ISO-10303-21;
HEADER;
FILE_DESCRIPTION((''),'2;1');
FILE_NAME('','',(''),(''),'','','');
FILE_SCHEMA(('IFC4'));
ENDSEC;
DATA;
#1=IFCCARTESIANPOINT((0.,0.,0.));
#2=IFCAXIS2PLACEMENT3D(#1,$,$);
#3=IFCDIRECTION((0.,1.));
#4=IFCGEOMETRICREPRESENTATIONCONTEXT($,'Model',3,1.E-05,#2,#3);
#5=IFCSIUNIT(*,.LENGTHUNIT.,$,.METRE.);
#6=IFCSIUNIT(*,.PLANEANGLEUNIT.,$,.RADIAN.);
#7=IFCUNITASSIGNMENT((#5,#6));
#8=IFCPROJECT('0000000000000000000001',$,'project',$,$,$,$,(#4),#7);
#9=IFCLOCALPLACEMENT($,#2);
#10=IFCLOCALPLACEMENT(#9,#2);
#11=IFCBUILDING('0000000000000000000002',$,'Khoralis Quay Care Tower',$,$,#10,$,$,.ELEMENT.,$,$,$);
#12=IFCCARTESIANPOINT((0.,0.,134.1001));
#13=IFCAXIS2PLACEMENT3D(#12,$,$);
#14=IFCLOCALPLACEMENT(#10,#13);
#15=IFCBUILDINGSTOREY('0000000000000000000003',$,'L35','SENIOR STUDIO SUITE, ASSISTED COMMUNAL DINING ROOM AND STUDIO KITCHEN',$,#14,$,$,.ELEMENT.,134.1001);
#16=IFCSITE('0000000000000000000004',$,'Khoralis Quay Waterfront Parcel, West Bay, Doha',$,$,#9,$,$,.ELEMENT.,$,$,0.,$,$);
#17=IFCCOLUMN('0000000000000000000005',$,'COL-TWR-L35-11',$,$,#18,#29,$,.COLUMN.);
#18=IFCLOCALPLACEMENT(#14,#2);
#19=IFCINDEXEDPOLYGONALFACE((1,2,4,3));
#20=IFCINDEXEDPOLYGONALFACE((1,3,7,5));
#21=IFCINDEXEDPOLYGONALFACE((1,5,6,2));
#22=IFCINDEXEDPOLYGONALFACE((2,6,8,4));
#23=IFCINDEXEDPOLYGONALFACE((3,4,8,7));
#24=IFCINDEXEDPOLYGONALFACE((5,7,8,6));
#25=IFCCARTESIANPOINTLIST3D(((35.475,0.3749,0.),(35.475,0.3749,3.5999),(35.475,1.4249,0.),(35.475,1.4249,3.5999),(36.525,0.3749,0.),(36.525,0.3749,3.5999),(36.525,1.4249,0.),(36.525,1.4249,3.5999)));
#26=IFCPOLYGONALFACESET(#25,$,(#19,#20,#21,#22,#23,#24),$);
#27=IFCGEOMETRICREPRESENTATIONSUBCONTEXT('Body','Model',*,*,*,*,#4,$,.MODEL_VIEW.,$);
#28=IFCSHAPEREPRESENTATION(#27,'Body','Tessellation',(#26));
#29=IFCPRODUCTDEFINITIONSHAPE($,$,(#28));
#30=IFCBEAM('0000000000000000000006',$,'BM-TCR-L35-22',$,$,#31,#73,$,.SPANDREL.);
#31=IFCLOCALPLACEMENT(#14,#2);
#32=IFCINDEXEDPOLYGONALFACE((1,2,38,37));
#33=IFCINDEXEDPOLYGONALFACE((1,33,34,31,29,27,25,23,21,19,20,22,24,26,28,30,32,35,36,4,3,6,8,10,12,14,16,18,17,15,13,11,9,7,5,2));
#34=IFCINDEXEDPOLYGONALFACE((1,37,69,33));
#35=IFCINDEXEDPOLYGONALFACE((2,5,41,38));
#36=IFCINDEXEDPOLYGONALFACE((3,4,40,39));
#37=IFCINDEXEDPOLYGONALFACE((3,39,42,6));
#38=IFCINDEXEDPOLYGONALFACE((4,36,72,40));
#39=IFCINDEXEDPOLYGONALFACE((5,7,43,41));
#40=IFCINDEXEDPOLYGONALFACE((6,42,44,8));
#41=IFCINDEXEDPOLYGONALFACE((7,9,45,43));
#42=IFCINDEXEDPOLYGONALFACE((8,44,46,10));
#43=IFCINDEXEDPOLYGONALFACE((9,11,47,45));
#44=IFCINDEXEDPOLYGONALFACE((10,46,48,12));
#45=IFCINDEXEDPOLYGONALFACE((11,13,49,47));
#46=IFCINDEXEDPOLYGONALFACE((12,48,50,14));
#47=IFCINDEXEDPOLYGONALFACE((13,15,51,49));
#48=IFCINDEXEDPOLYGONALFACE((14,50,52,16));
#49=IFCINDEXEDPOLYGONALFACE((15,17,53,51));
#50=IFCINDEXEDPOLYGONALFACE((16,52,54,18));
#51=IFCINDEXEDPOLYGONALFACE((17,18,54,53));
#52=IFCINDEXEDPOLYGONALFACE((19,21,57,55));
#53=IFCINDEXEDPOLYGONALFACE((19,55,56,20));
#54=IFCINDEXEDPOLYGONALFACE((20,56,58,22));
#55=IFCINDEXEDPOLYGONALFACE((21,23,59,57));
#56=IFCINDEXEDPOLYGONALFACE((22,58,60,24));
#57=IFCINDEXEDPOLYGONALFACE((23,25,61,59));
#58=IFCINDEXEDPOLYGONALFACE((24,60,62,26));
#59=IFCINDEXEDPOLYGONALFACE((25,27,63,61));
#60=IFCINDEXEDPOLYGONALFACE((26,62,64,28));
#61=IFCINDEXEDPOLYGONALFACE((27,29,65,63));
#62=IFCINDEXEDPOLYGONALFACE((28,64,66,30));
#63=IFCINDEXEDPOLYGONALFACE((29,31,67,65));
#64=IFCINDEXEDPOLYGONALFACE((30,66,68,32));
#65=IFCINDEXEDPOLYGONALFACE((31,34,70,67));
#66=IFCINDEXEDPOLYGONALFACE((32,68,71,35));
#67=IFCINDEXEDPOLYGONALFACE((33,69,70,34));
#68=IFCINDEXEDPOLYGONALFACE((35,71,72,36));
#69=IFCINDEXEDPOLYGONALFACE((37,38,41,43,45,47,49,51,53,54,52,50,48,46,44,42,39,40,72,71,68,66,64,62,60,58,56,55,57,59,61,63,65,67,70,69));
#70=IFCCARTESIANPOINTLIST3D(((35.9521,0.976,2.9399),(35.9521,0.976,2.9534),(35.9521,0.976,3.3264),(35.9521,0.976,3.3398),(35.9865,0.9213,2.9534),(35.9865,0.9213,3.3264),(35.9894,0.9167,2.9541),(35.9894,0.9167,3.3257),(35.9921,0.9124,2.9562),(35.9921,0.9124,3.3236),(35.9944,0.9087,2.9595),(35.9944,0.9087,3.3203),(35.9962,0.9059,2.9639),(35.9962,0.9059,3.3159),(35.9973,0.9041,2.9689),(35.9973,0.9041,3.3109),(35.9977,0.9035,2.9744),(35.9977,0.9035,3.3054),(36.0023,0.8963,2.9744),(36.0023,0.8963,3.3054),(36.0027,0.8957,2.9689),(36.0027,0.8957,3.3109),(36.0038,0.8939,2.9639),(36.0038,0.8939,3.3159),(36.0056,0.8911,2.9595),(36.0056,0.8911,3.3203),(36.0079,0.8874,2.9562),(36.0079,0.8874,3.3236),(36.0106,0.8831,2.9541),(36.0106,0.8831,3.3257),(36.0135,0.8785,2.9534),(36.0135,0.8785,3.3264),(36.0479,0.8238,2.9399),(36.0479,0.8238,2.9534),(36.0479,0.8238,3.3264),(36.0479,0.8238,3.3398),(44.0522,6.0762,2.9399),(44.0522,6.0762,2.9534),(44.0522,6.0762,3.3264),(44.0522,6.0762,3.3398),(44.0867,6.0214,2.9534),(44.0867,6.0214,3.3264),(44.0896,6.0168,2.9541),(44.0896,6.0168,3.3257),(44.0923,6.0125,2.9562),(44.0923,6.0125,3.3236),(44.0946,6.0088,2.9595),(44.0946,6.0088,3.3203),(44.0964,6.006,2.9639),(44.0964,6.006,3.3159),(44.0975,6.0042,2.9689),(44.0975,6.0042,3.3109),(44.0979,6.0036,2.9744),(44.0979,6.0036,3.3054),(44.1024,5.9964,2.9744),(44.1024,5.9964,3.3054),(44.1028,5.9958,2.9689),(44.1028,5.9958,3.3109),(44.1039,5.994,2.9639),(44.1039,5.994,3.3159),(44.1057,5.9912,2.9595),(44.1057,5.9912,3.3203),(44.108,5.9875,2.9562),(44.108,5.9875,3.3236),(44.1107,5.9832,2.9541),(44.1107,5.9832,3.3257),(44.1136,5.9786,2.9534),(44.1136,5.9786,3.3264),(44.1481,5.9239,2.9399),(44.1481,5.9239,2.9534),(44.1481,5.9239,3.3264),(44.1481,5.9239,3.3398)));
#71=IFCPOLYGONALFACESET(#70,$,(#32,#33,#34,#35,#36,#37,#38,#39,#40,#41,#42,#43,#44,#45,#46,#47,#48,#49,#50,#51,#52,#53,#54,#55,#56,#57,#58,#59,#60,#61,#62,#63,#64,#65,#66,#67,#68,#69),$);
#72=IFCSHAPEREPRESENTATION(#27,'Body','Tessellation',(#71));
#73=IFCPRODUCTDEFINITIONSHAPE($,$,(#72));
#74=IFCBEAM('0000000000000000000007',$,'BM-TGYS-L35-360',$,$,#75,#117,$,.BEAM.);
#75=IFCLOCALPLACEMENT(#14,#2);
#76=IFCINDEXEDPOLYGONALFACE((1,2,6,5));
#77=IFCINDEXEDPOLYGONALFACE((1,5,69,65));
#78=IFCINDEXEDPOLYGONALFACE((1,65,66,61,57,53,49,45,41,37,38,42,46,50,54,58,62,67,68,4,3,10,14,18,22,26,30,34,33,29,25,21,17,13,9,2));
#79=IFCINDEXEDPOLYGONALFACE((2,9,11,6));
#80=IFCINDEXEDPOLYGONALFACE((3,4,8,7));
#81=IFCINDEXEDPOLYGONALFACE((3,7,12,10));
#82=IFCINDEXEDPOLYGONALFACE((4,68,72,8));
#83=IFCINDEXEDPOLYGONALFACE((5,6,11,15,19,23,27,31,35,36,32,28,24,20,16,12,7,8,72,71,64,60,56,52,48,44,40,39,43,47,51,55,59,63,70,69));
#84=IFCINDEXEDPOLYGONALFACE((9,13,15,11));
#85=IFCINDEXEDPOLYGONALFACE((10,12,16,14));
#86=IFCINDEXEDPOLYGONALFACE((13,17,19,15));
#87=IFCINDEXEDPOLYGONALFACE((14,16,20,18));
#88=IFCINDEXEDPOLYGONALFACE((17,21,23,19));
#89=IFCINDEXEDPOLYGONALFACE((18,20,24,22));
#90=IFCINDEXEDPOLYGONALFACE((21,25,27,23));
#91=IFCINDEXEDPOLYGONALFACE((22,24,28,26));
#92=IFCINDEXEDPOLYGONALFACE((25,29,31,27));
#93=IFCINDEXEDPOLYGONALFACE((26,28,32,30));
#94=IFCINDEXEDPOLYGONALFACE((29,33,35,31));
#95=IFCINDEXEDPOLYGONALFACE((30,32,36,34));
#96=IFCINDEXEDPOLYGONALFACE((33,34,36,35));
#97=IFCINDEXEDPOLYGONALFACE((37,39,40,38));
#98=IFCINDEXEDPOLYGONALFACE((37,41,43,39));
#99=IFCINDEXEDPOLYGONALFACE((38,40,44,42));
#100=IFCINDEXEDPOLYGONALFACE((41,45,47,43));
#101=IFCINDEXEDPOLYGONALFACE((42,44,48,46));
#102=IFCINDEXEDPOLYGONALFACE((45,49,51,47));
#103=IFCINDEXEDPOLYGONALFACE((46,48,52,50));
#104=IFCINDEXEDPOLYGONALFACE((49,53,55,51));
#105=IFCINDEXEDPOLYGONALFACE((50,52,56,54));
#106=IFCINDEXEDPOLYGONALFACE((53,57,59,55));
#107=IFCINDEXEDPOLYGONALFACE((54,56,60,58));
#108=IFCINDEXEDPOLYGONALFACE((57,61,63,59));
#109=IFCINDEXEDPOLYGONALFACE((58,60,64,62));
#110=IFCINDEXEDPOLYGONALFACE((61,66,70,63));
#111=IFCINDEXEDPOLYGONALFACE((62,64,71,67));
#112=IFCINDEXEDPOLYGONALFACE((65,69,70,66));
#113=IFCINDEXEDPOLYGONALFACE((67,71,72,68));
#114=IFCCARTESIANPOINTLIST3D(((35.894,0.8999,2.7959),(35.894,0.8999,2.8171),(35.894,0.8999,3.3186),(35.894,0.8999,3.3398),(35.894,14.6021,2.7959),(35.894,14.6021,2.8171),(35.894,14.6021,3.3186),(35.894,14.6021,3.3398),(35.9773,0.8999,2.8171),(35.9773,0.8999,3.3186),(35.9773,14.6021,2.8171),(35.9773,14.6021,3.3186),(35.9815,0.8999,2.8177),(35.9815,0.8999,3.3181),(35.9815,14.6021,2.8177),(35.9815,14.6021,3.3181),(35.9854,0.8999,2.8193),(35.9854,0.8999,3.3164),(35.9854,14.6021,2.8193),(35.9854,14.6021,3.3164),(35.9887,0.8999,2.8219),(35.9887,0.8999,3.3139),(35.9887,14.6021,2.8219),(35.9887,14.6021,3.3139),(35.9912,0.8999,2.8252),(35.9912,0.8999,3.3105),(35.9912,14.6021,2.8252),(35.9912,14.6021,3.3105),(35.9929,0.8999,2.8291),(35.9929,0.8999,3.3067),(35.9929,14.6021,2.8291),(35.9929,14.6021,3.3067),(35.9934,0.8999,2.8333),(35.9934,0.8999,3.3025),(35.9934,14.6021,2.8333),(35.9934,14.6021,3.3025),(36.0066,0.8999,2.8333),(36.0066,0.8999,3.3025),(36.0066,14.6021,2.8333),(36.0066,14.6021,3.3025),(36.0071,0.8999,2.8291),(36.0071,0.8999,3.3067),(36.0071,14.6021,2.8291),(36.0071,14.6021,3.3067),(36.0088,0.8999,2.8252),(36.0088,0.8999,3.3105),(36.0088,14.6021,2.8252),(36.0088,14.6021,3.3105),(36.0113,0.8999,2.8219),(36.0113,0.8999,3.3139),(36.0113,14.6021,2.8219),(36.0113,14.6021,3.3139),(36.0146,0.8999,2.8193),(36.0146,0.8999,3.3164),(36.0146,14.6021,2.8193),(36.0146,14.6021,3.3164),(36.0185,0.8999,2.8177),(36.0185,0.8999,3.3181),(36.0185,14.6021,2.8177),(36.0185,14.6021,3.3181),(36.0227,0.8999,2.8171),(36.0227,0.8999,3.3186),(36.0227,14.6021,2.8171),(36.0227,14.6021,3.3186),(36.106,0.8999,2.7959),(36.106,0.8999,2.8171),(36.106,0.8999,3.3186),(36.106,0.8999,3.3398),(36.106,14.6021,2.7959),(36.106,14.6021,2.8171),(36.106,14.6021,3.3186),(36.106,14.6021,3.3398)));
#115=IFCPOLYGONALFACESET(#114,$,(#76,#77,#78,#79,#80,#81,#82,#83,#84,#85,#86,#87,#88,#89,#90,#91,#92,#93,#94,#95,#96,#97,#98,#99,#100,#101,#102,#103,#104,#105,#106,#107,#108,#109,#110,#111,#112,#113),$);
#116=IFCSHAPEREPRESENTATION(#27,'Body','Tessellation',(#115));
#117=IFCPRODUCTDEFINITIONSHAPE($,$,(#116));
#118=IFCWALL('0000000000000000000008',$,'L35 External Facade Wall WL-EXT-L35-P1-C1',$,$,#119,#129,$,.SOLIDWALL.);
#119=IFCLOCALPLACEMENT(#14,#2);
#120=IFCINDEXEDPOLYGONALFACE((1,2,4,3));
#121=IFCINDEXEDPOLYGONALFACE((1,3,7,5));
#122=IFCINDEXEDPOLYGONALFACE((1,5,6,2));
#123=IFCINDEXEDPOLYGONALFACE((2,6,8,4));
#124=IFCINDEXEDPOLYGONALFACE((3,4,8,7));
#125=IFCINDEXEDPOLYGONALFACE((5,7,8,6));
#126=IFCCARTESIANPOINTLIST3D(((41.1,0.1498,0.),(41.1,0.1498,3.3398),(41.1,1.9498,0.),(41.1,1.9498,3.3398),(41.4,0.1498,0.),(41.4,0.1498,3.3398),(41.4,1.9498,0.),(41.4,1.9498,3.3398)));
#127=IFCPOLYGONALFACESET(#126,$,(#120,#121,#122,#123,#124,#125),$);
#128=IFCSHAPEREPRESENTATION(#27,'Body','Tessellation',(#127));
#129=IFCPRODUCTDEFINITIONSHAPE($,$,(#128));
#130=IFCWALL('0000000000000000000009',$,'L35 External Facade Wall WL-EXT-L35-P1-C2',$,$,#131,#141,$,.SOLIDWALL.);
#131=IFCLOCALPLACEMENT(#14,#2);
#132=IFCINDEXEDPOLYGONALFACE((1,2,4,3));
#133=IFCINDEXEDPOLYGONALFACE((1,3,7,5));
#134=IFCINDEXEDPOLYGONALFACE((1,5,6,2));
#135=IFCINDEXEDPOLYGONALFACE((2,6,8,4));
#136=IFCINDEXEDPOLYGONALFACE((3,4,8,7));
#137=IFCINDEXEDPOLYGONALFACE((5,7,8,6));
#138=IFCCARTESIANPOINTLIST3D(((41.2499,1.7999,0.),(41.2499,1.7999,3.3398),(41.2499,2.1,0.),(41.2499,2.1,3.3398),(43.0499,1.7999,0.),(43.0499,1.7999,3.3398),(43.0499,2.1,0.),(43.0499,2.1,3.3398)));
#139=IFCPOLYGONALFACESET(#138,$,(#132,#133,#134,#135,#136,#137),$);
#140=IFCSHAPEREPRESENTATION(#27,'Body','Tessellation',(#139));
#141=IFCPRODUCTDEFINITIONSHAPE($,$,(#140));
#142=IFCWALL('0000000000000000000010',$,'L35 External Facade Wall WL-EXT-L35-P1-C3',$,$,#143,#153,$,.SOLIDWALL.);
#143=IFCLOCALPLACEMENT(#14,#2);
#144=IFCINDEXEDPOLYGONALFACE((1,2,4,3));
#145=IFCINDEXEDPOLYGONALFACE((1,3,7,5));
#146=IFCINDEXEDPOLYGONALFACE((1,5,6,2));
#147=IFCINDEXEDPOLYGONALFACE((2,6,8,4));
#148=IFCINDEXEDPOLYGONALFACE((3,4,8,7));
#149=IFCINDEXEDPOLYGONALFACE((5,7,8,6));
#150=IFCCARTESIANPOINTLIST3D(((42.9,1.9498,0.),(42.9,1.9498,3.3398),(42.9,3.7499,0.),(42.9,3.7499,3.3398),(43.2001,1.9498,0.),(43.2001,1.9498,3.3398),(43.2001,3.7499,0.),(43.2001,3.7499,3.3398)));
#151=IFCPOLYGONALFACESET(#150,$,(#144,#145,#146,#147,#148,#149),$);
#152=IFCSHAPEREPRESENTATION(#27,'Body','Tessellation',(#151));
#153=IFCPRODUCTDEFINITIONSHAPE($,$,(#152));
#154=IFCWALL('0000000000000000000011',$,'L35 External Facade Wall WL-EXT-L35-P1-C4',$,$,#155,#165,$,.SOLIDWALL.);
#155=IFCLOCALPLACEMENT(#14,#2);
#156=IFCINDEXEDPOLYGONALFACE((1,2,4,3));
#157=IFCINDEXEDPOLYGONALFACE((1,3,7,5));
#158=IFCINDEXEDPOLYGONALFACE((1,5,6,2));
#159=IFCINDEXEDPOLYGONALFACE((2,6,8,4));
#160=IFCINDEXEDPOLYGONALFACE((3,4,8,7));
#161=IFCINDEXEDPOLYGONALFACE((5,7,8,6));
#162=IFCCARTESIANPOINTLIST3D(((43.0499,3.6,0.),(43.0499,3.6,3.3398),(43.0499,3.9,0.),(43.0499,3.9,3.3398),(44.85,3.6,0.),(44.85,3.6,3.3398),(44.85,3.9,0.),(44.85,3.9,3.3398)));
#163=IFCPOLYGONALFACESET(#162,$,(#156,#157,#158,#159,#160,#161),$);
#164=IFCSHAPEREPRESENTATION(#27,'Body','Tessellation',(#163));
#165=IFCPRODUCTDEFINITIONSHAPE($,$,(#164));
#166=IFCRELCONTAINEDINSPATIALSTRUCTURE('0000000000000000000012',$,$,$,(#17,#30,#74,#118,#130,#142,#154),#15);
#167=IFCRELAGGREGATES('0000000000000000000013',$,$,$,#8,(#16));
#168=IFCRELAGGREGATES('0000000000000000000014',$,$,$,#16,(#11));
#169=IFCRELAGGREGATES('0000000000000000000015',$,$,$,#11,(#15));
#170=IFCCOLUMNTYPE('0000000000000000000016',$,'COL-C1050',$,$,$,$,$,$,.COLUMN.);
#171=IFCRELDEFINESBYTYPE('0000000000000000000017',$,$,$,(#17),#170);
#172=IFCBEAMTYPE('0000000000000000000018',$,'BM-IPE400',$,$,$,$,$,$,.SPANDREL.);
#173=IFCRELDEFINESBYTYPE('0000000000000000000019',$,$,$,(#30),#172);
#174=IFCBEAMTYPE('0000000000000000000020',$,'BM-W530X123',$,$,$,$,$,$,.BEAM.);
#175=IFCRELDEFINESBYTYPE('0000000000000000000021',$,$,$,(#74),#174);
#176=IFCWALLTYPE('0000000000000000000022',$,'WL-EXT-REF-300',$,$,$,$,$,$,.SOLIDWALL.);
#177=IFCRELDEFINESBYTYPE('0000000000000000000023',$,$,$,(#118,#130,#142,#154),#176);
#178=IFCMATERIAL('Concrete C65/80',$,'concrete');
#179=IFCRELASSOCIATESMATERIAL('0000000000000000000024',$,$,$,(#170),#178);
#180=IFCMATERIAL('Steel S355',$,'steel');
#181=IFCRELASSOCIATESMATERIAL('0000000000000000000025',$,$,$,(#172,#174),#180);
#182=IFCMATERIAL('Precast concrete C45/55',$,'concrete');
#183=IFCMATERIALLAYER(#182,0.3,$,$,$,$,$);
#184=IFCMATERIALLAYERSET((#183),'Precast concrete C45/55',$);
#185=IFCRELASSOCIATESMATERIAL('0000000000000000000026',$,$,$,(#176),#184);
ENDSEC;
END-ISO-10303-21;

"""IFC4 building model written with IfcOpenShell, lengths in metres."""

from ifc_helpers import new_model, si_unit, direction, frame, frame_2d, origin, origin_2d, place, context, subcontext, project, spatial, rectangle, i_section, extrude, source, transform, mapped, material, layer, layer_set, material_profile, profile_set, type_object, element, save


model = new_model("IFC4")

# Units and contexts
model_context = context("Model", 3, precision=1e-05, world=origin(), true_north=direction((0.0, 1.0)))
body_context = subcontext(model_context, "Body", "Model", "MODEL_VIEW")
ifc_project = project(units=[si_unit("LENGTHUNIT", "METRE"), si_unit("PLANEANGLEUNIT", "RADIAN")], contexts=[model_context])

# Site, building, storey
site_placement = place(None, origin())
site = spatial("IfcSite", under=ifc_project, at=site_placement, Name="Khoralis Quay Waterfront Parcel, West Bay, Doha", CompositionType="ELEMENT", RefElevation=0.0)
building_placement = place(site_placement, origin())
building = spatial("IfcBuilding", under=site, at=building_placement, Name="Khoralis Quay Care Tower", CompositionType="ELEMENT")
storey_placement = place(building_placement, frame((0.0, 0.0, 134.1001)))
storey = spatial("IfcBuildingStorey", under=building, at=storey_placement, Name="L35", Description="SENIOR STUDIO SUITE, ASSISTED COMMUNAL DINING ROOM AND STUDIO KITCHEN", CompositionType="ELEMENT", Elevation=134.1001)

# Column
ifc_material_1 = material(Name="Concrete C65/80", Category="concrete")
ifc_material_profile_1 = material_profile(ifc_material_1, rectangle(XDim=1.05, YDim=1.05, at=origin_2d()), Name="Concrete C65/80")
ifc_profile_set_1 = profile_set([ifc_material_profile_1], Name="Concrete C65/80")
column_type = type_object("IfcColumnType", Name="COL-C1050", PredefinedType="COLUMN", material=ifc_profile_set_1)
shared_shape_1 = source(origin(), body_context, "Body", "SweptSolid", [
    extrude(rectangle(XDim=1.05, YDim=1.05, at=origin_2d()), origin(), (0.0, 0.0, 1.0), 3.5999),
])
column_placement = place(storey_placement, frame((36.0, 0.8999, 0.0), z_axis=(0.0, 0.0, 1.0), x_axis=(1.0, 0.0, 0.0)))
element("IfcColumn", 1, at=column_placement, inside=storey, type_object=column_type, Name="COL-TWR-L35-11", PredefinedType="COLUMN", context=body_context, shape_type="MappedRepresentation", body=[
    mapped(shared_shape_1, transform((0.0, 0.0, 0.0), scale=1.0)),
])

# Beams
ifc_material_2 = material(Name="Steel S355", Category="steel")
ifc_material_profile_2 = material_profile(ifc_material_2, i_section(OverallWidth=0.1799, OverallDepth=0.3999, WebThickness=0.0085, FlangeThickness=0.0134, FilletRadius=0.021, at=origin_2d()), Name="Steel S355")
ifc_profile_set_2 = profile_set([ifc_material_profile_2], Name="Steel S355")
beam_type_1 = type_object("IfcBeamType", Name="BM-IPE400", PredefinedType="SPANDREL", material=ifc_profile_set_2)
shared_shape_2 = source(origin(), body_context, "Body", "SweptSolid", [
    extrude(i_section(OverallWidth=0.1799, OverallDepth=0.3999, WebThickness=0.0085, FlangeThickness=0.0134, FilletRadius=0.021, at=origin_2d()), origin(), (0.0, 0.0, 1.0), 9.572),
])
beam_1_placement = place(storey_placement, frame((36.0, 0.8999, 3.1399), z_axis=(0.846231, 0.532816, 0.0), x_axis=(-0.532816, 0.846231, 0.0)))
element("IfcBeam", 2, at=beam_1_placement, inside=storey, type_object=beam_type_1, Name="BM-TCR-L35-22", PredefinedType="SPANDREL", context=body_context, shape_type="MappedRepresentation", body=[
    mapped(shared_shape_2, transform((0.0, 0.0, 0.0), scale=1.0)),
])
ifc_material_profile_3 = material_profile(ifc_material_2, i_section(OverallWidth=0.2119, OverallDepth=0.5439, WebThickness=0.0132, FlangeThickness=0.0212, FilletRadius=0.0161, at=origin_2d()), Name="Steel S355")
ifc_profile_set_3 = profile_set([ifc_material_profile_3], Name="Steel S355")
beam_type_2 = type_object("IfcBeamType", Name="BM-W530X123", PredefinedType="BEAM", material=ifc_profile_set_3)
shared_shape_3 = source(origin(), body_context, "Body", "SweptSolid", [
    extrude(i_section(OverallWidth=0.2119, OverallDepth=0.5439, WebThickness=0.0132, FlangeThickness=0.0212, FilletRadius=0.0161, at=origin_2d()), origin(), (0.0, 0.0, 1.0), 13.7021),
])
beam_2_placement = place(storey_placement, frame((36.0, 0.8999, 3.0679), z_axis=(0.0, 1.0, 0.0), x_axis=(-1.0, 0.0, 0.0)))
element("IfcBeam", 3, at=beam_2_placement, inside=storey, type_object=beam_type_2, Name="BM-TGYS-L35-360", PredefinedType="BEAM", context=body_context, shape_type="MappedRepresentation", body=[
    mapped(shared_shape_3, transform((0.0, 0.0, 0.0), scale=1.0)),
])

# Walls
ifc_material_3 = material(Name="Precast concrete C45/55", Category="concrete")
ifc_layer_1 = layer(ifc_material_3, 0.3)
ifc_layer_set_1 = layer_set([ifc_layer_1], Name="Precast concrete C45/55")
wall_type_1 = type_object("IfcWallType", Name="WL-EXT-REF-300", PredefinedType="SOLIDWALL", material=ifc_layer_set_1)
for number, where, z_axis, x_axis, name in (
    (4, (41.25, 0.1499, 0.0), (0.0, 0.0, 1.0), (0.0, 1.0, 0.0), "L35 External Facade Wall WL-EXT-L35-P1-C1"),
    (5, (41.25, 1.95, 0.0), (0.0, 0.0, 1.0), (1.0, 0.0, 0.0), "L35 External Facade Wall WL-EXT-L35-P1-C2"),
    (6, (43.05, 1.95, 0.0), (0.0, 0.0, 1.0), (0.0, 1.0, 0.0), "L35 External Facade Wall WL-EXT-L35-P1-C3"),
    (7, (43.05, 3.75, 0.0), (0.0, 0.0, 1.0), (1.0, 0.0, 0.0), "L35 External Facade Wall WL-EXT-L35-P1-C4"),
):
    element("IfcWall", number, at=place(storey_placement, frame(where, z_axis=z_axis, x_axis=x_axis)), inside=storey, type_object=wall_type_1, Name=name, PredefinedType="SOLIDWALL", context=body_context, shape_type="SweptSolid", body=[
        extrude(rectangle(XDim=1.8, YDim=0.3, at=frame_2d((0.8999, 0.0))), origin(), (0.0, 0.0, 1.0), 3.3398),
    ])

save(model, "model.ifc")
